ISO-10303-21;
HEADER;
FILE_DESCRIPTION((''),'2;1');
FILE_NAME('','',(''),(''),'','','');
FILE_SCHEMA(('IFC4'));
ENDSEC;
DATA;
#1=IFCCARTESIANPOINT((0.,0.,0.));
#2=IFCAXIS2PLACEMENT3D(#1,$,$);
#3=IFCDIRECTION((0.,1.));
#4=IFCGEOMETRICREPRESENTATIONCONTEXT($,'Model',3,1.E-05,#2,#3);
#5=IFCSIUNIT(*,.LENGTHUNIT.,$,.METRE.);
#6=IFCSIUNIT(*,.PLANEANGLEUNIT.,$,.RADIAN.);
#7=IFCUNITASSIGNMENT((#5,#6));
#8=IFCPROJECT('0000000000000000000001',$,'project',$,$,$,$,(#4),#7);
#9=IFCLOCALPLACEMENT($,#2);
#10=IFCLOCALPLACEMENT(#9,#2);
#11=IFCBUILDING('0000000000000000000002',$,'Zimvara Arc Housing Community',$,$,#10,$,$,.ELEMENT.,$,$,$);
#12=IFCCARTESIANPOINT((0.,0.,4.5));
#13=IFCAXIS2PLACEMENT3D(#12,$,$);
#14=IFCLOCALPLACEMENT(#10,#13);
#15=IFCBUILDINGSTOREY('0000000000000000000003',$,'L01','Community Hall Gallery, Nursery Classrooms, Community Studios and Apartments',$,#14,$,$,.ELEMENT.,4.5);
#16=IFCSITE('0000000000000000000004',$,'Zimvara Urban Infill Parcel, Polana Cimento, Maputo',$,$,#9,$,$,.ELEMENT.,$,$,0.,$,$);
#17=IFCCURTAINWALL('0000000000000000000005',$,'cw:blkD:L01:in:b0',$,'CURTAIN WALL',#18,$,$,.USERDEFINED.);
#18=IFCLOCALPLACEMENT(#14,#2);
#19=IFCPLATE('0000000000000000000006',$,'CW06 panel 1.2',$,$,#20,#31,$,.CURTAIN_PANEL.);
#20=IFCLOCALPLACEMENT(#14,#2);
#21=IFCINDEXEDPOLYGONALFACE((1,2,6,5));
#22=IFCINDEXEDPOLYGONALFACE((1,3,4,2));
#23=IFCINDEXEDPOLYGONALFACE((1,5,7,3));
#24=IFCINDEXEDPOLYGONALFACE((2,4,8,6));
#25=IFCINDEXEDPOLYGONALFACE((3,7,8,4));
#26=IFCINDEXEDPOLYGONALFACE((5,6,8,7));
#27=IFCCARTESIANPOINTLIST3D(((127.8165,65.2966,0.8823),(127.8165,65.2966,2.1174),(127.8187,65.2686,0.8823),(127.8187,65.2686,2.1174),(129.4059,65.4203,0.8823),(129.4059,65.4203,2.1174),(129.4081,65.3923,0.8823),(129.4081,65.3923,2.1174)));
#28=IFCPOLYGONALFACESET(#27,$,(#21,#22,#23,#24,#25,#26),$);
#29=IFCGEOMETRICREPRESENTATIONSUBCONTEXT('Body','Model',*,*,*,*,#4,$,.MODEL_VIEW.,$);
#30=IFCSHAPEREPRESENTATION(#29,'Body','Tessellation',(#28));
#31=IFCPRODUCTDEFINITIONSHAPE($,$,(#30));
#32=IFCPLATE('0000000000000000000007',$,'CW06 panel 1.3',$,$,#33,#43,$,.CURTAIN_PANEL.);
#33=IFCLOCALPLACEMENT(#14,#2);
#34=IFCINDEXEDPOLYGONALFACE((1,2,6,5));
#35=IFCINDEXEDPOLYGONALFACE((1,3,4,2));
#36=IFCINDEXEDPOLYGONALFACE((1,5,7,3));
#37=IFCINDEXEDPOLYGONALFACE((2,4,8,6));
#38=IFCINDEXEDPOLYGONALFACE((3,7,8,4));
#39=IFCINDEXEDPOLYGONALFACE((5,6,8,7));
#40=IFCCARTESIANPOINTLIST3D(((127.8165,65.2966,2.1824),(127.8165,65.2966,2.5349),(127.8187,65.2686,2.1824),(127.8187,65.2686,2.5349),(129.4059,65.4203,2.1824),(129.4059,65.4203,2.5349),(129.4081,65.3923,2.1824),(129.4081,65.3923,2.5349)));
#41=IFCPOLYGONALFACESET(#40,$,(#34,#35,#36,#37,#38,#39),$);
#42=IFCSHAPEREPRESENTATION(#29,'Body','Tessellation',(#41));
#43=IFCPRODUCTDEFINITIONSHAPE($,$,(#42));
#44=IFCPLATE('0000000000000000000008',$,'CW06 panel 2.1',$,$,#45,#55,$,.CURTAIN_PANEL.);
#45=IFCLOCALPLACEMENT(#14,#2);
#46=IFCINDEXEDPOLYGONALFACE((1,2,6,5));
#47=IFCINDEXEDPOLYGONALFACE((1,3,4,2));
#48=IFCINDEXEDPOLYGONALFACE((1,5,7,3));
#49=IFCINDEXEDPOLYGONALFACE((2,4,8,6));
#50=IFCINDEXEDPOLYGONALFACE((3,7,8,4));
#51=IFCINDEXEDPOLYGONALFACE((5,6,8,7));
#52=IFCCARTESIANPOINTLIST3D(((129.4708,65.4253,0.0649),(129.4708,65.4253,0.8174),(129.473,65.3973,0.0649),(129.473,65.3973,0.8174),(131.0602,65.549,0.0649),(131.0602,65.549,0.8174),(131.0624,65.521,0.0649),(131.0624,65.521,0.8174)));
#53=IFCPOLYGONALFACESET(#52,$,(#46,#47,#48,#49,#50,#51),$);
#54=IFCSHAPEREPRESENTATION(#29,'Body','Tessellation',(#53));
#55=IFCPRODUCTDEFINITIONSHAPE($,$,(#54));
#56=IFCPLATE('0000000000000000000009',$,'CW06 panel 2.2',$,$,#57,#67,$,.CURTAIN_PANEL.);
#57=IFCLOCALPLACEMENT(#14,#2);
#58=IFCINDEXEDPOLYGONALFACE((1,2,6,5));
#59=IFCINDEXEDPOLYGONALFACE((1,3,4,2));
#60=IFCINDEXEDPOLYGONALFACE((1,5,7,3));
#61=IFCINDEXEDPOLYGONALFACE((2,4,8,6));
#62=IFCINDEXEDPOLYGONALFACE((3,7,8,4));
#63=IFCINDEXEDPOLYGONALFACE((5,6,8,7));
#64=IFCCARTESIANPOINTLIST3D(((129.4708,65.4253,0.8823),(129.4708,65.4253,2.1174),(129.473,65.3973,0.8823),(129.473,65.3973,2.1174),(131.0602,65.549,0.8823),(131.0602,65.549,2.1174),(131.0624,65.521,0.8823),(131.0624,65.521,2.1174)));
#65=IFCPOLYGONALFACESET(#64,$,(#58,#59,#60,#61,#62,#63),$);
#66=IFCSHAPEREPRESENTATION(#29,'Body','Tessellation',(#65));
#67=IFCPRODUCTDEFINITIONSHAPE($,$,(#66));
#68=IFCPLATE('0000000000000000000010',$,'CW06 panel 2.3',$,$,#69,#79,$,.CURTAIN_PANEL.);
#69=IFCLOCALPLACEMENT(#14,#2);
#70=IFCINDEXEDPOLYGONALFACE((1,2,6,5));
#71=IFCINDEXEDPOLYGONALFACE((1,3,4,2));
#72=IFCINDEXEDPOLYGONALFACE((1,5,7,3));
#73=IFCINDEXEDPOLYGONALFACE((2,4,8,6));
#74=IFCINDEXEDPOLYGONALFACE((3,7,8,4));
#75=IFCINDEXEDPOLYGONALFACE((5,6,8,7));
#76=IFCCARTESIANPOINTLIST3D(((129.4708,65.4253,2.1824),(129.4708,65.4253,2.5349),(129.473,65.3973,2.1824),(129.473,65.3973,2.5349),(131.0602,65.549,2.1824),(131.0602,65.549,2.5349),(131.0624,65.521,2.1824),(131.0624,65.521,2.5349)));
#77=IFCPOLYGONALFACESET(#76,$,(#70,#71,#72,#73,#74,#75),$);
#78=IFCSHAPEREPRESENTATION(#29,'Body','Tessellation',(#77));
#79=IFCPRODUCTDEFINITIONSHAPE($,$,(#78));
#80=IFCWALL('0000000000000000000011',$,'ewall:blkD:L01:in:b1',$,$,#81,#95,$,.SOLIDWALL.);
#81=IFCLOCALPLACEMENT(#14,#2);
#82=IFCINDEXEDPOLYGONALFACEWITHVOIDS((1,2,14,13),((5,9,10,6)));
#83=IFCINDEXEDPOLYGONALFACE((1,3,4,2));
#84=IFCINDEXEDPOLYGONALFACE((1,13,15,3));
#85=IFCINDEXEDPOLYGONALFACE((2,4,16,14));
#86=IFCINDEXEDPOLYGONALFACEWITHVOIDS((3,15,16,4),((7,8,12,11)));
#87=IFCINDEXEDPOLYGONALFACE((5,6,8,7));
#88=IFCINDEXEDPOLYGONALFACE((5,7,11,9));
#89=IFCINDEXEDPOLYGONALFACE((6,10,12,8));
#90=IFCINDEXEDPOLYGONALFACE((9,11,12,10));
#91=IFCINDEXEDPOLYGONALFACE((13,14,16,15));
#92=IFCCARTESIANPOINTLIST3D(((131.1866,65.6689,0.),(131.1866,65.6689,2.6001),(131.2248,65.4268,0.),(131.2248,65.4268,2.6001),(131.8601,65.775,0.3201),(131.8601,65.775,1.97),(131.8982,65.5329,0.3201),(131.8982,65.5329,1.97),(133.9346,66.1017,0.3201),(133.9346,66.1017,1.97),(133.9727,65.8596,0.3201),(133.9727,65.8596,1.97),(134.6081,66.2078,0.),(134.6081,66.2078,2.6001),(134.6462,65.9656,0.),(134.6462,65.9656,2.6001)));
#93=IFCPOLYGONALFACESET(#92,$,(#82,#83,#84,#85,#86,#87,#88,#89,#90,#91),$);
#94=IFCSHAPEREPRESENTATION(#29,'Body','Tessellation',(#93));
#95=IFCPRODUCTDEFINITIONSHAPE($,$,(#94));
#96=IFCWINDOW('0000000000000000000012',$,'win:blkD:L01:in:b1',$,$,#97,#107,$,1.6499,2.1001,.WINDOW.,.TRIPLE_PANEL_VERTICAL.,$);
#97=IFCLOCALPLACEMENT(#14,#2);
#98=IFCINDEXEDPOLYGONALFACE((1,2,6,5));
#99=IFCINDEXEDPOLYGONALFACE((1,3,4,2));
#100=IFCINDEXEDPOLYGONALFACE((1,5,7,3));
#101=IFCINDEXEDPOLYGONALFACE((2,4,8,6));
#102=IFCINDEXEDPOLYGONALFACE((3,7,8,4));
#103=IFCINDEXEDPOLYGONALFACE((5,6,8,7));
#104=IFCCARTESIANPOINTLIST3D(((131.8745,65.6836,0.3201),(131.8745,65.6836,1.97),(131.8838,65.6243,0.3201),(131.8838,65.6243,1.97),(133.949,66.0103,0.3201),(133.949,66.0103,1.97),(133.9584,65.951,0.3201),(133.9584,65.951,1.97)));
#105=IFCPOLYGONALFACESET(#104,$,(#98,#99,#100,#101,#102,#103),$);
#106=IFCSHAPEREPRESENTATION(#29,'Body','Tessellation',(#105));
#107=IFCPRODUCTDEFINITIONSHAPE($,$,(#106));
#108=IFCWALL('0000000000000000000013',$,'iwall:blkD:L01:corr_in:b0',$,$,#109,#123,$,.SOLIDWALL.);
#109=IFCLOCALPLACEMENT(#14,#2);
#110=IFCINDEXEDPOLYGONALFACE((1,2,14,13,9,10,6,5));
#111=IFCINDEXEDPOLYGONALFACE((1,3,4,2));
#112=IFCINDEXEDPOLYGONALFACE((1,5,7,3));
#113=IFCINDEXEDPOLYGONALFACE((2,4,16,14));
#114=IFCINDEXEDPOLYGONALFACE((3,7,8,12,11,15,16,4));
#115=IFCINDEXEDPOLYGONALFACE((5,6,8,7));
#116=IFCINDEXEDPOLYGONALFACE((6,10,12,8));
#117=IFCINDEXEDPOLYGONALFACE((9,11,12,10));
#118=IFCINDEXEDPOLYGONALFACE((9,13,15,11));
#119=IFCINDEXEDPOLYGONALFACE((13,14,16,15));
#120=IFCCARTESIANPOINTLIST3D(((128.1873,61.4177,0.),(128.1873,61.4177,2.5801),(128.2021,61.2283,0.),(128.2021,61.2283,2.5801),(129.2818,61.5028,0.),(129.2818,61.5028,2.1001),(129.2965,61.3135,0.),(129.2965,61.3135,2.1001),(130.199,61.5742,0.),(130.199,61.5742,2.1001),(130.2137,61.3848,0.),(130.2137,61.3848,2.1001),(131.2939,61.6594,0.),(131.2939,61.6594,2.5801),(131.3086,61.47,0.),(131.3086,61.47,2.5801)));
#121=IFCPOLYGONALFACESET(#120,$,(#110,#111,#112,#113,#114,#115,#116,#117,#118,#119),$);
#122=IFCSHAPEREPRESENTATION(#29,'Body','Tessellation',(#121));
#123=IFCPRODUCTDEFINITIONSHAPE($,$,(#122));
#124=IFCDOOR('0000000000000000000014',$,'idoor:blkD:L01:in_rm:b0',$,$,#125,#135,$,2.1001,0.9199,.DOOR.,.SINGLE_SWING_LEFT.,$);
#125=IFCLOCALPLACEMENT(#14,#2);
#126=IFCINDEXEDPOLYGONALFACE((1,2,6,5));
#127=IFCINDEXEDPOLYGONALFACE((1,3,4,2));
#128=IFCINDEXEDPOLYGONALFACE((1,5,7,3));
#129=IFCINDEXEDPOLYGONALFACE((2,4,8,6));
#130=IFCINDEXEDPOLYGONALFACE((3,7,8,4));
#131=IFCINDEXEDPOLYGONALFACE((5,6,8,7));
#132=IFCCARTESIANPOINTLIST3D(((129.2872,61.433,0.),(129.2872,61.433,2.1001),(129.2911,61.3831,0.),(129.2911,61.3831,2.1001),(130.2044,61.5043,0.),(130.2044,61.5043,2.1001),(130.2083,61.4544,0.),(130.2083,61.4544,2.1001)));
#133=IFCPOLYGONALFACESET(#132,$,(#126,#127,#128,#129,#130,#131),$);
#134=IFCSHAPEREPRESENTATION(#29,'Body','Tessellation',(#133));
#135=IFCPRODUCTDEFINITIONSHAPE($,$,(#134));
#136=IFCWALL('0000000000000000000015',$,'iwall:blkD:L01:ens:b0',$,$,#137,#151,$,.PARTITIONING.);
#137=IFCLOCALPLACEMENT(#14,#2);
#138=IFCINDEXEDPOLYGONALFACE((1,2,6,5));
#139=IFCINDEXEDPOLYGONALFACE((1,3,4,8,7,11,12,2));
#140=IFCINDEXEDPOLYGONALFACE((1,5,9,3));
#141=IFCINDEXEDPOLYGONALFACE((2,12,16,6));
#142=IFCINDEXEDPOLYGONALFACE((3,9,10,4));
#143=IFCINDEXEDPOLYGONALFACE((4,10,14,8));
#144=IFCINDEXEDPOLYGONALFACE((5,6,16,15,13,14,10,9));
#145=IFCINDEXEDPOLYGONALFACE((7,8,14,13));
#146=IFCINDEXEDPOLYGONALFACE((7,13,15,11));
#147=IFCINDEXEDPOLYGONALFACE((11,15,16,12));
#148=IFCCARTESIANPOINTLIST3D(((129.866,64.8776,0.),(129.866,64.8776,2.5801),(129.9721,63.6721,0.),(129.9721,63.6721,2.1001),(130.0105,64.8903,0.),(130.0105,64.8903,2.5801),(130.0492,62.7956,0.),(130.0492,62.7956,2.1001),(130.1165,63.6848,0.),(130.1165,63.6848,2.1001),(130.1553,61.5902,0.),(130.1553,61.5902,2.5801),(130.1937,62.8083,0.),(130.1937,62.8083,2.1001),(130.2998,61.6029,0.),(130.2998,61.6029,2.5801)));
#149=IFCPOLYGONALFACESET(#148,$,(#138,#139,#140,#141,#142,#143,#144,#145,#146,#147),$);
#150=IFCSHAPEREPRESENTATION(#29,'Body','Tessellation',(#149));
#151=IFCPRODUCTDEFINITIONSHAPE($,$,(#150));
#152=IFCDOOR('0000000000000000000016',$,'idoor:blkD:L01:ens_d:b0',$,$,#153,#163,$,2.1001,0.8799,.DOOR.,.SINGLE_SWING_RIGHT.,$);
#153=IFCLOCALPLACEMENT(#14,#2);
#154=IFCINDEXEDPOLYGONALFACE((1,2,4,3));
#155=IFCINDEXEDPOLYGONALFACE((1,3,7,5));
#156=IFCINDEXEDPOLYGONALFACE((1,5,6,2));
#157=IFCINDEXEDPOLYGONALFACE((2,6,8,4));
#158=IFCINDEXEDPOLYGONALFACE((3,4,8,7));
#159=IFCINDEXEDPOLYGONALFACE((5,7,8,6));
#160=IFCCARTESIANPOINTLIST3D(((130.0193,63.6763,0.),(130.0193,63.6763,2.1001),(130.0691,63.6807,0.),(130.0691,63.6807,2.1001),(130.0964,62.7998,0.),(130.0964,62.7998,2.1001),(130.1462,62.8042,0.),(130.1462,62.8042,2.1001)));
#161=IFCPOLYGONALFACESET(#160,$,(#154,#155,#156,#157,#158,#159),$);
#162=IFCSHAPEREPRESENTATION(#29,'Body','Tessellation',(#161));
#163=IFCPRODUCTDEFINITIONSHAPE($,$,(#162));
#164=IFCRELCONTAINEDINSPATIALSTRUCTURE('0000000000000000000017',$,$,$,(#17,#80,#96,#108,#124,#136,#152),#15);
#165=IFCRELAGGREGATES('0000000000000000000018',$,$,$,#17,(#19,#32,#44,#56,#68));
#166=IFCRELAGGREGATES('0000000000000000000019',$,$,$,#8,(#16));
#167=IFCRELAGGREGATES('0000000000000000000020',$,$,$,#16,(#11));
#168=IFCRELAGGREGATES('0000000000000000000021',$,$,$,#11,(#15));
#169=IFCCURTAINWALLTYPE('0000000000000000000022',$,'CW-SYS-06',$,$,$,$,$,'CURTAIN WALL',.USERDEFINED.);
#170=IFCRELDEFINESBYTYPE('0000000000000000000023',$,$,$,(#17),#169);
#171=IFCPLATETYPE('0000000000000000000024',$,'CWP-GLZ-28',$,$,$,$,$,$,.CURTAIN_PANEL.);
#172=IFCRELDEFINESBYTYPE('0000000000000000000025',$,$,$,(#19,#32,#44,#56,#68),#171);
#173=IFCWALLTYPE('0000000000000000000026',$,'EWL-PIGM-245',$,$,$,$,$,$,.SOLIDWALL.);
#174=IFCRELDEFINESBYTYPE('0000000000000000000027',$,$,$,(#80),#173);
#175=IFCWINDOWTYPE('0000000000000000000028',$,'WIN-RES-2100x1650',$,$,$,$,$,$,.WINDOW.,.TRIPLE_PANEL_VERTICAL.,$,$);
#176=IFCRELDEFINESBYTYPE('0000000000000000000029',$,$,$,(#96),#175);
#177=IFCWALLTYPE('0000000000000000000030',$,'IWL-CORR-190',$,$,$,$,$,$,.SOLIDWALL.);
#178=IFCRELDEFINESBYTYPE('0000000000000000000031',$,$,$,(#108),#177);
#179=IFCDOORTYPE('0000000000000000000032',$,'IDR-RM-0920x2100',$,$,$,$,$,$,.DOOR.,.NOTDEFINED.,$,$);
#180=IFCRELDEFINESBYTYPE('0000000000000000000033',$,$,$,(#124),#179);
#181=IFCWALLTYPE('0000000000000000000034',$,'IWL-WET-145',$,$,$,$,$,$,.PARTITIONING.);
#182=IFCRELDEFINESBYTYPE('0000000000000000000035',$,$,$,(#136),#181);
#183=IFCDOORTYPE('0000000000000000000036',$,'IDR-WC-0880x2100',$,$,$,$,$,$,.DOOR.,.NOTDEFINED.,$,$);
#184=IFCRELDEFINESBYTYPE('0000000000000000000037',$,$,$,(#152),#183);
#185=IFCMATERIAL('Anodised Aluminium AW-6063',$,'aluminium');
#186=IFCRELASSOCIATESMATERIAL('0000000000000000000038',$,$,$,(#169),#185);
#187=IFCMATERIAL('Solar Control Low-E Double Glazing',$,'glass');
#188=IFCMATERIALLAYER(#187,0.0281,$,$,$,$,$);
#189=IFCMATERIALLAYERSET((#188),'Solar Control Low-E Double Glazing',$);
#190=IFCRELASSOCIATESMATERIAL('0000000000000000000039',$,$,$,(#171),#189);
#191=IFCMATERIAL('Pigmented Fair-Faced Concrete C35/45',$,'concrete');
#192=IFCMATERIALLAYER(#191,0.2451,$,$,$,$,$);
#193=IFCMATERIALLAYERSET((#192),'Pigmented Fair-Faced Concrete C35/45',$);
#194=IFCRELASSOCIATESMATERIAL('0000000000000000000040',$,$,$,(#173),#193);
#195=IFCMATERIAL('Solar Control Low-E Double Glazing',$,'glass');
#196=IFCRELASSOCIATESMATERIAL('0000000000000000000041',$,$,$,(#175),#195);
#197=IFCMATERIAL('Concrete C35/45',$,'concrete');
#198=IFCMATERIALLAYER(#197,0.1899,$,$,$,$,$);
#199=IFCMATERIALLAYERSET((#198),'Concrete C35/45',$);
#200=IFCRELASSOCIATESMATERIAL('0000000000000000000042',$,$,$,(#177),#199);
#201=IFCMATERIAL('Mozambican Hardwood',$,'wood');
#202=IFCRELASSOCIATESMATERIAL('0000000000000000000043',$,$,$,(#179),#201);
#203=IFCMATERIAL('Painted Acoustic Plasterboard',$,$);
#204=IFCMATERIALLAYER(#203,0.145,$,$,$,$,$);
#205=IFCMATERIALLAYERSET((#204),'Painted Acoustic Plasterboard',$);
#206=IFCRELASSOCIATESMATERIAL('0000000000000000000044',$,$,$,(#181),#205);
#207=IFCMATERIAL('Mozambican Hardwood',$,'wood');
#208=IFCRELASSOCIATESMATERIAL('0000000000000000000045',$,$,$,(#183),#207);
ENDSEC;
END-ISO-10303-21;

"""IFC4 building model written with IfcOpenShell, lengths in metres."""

from ifc_helpers import new_model, si_unit, direction, frame, frame_2d, origin, origin_2d, place, context, subcontext, project, spatial, rectangle, extrude, material, layer, layer_set, type_object, element, fill, aggregate, save


model = new_model("IFC4")

# Units and contexts
model_context = context("Model", 3, precision=1e-05, world=origin(), true_north=direction((0.0, 1.0)))
body_context = subcontext(model_context, "Body", "Model", "MODEL_VIEW")
ifc_project = project(units=[si_unit("LENGTHUNIT", "METRE"), si_unit("PLANEANGLEUNIT", "RADIAN")], contexts=[model_context])

# Site, building, storey
site_placement = place(None, origin())
site = spatial("IfcSite", under=ifc_project, at=site_placement, Name="Zimvara Urban Infill Parcel, Polana Cimento, Maputo", CompositionType="ELEMENT", RefElevation=0.0)
building_placement = place(site_placement, origin())
building = spatial("IfcBuilding", under=site, at=building_placement, Name="Zimvara Arc Housing Community", CompositionType="ELEMENT")
storey_placement = place(building_placement, frame((0.0, 0.0, 4.5)))
storey = spatial("IfcBuildingStorey", under=building, at=storey_placement, Name="L01", Description="Community Hall Gallery, Nursery Classrooms, Community Studios and Apartments", CompositionType="ELEMENT", Elevation=4.5)

# Curtain wall, plates
ifc_material_1 = material(Name="Anodised Aluminium AW-6063", Category="aluminium")
curtain_wall_type = type_object("IfcCurtainWallType", Name="CW-SYS-06", ElementType="CURTAIN WALL", PredefinedType="USERDEFINED", material=ifc_material_1)
curtain_wall_placement = place(storey_placement, origin())
curtain_wall = element("IfcCurtainWall", 1, at=curtain_wall_placement, inside=storey, type_object=curtain_wall_type, Name="cw:blkD:L01:in:b0", ObjectType="CURTAIN WALL", PredefinedType="USERDEFINED")
ifc_material_2 = material(Name="Solar Control Low-E Double Glazing", Category="glass")
ifc_layer_1 = layer(ifc_material_2, 0.0281)
ifc_layer_set_1 = layer_set([ifc_layer_1], Name="Solar Control Low-E Double Glazing")
plate_type = type_object("IfcPlateType", Name="CWP-GLZ-28", PredefinedType="CURTAIN_PANEL", material=ifc_layer_set_1)
plate_1_placement = place(storey_placement, frame((128.6123, 65.3445, 0.8823), z_axis=(0.0, 0.0, 1.0), x_axis=(0.996985, 0.07759, 0.0)))
plate_1 = element("IfcPlate", 2, at=plate_1_placement, type_object=plate_type, Name="CW06 panel 1.2", PredefinedType="CURTAIN_PANEL", context=body_context, shape_type="SweptSolid", body=[
    extrude(rectangle(XDim=1.5942, YDim=0.0281, at=origin_2d()), origin(), (0.0, 0.0, 1.0), 1.2351),
])
plate_2_placement = place(storey_placement, frame((128.6123, 65.3445, 2.1824), z_axis=(0.0, 0.0, 1.0), x_axis=(0.996985, 0.07759, 0.0)))
plate_2 = element("IfcPlate", 3, at=plate_2_placement, type_object=plate_type, Name="CW06 panel 1.3", PredefinedType="CURTAIN_PANEL", context=body_context, shape_type="SweptSolid", body=[
    extrude(rectangle(XDim=1.5942, YDim=0.0281, at=origin_2d()), origin(), (0.0, 0.0, 1.0), 0.3525),
])
plate_3_placement = place(storey_placement, frame((130.2666, 65.4731, 0.0649), z_axis=(0.0, 0.0, 1.0), x_axis=(0.996985, 0.07759, 0.0)))
plate_3 = element("IfcPlate", 4, at=plate_3_placement, type_object=plate_type, Name="CW06 panel 2.1", PredefinedType="CURTAIN_PANEL", context=body_context, shape_type="SweptSolid", body=[
    extrude(rectangle(XDim=1.5942, YDim=0.0281, at=origin_2d()), origin(), (0.0, 0.0, 1.0), 0.7524),
])
plate_4_placement = place(storey_placement, frame((130.2666, 65.4731, 0.8823), z_axis=(0.0, 0.0, 1.0), x_axis=(0.996985, 0.07759, 0.0)))
plate_4 = element("IfcPlate", 5, at=plate_4_placement, type_object=plate_type, Name="CW06 panel 2.2", PredefinedType="CURTAIN_PANEL", context=body_context, shape_type="SweptSolid", body=[
    extrude(rectangle(XDim=1.5942, YDim=0.0281, at=origin_2d()), origin(), (0.0, 0.0, 1.0), 1.2351),
])
plate_5_placement = place(storey_placement, frame((130.2666, 65.4731, 2.1824), z_axis=(0.0, 0.0, 1.0), x_axis=(0.996985, 0.07759, 0.0)))
plate_5 = element("IfcPlate", 6, at=plate_5_placement, type_object=plate_type, Name="CW06 panel 2.3", PredefinedType="CURTAIN_PANEL", context=body_context, shape_type="SweptSolid", body=[
    extrude(rectangle(XDim=1.5942, YDim=0.0281, at=origin_2d()), origin(), (0.0, 0.0, 1.0), 0.3525),
])
aggregate(curtain_wall, [plate_1, plate_2, plate_3, plate_4, plate_5])

# Wall, opening, window
ifc_material_3 = material(Name="Pigmented Fair-Faced Concrete C35/45", Category="concrete")
ifc_layer_2 = layer(ifc_material_3, 0.2451)
ifc_layer_set_2 = layer_set([ifc_layer_2], Name="Pigmented Fair-Faced Concrete C35/45")
wall_type_1 = type_object("IfcWallType", Name="EWL-PIGM-245", PredefinedType="SOLIDWALL", material=ifc_layer_set_2)
wall_1_placement = place(storey_placement, frame((131.2056, 65.5479, 0.0), z_axis=(0.0, 0.0, 1.0), x_axis=(0.987825, 0.155568, 0.0)))
wall_1 = element("IfcWall", 7, at=wall_1_placement, inside=storey, type_object=wall_type_1, Name="ewall:blkD:L01:in:b1", PredefinedType="SOLIDWALL", context=body_context, shape_type="SweptSolid", body=[
    extrude(rectangle(XDim=3.4636, YDim=0.2451, at=frame_2d((1.7319, 0.0))), origin(), (0.0, 0.0, 1.0), 2.6001),
])
opening_1_placement = place(wall_1_placement, frame((0.6819, 0.0, 0.3201)))
opening_1 = element("IfcOpeningElement", 8, at=opening_1_placement, cuts=wall_1, PredefinedType="OPENING", context=body_context, shape_type="SweptSolid", body=[
    extrude(rectangle(XDim=2.1001, YDim=1.6499, at=frame_2d((1.05, 0.825))), frame((0.0, 0.1326, 0.0), z_axis=(0.0, -1.0, 0.0), x_axis=(1.0, 0.0, 0.0)), (0.0, 0.0, 1.0), 0.2651),
])
ifc_material_4 = material(Name="Solar Control Low-E Double Glazing", Category="glass")
window_type = type_object("IfcWindowType", Name="WIN-RES-2100x1650", PartitioningType="TRIPLE_PANEL_VERTICAL", PredefinedType="WINDOW", material=ifc_material_4)
window_placement = place(opening_1_placement, origin())
window = element("IfcWindow", 9, at=window_placement, inside=storey, type_object=window_type, Name="win:blkD:L01:in:b1", OverallHeight=1.6499, OverallWidth=2.1001, PartitioningType="TRIPLE_PANEL_VERTICAL", PredefinedType="WINDOW", context=body_context, shape_type="SweptSolid", body=[
    extrude(rectangle(XDim=2.1001, YDim=1.6499, at=frame_2d((1.05, 0.825))), frame((0.0, 0.03, 0.0), z_axis=(0.0, -1.0, 0.0), x_axis=(1.0, 0.0, 0.0)), (0.0, 0.0, 1.0), 0.0601),
])
fill(opening_1, window)

# Walls, openings, doors
ifc_material_5 = material(Name="Concrete C35/45", Category="concrete")
ifc_layer_3 = layer(ifc_material_5, 0.1899)
ifc_layer_set_3 = layer_set([ifc_layer_3], Name="Concrete C35/45")
wall_type_2 = type_object("IfcWallType", Name="IWL-CORR-190", PredefinedType="SOLIDWALL", material=ifc_layer_set_3)
wall_2_placement = place(storey_placement, frame((128.1946, 61.323, 0.0), z_axis=(0.0, 0.0, 1.0), x_axis=(0.996987, 0.077565, 0.0)))
wall_2 = element("IfcWall", 10, at=wall_2_placement, inside=storey, type_object=wall_type_2, Name="iwall:blkD:L01:corr_in:b0", PredefinedType="SOLIDWALL", context=body_context, shape_type="SweptSolid", body=[
    extrude(rectangle(XDim=3.116, YDim=0.1899, at=frame_2d((1.5581, 0.0))), origin(), (0.0, 0.0, 1.0), 2.5801),
])
opening_2_placement = place(wall_2_placement, frame((1.0979, 0.0, 0.0)))
opening_2 = element("IfcOpeningElement", 11, at=opening_2_placement, cuts=wall_2, PredefinedType="OPENING", context=body_context, shape_type="SweptSolid", body=[
    extrude(rectangle(XDim=0.9199, YDim=2.1001, at=frame_2d((0.46, 1.05))), frame((0.0, 0.105, 0.0), z_axis=(0.0, -1.0, 0.0), x_axis=(1.0, 0.0, 0.0)), (0.0, 0.0, 1.0), 0.21),
])
ifc_material_6 = material(Name="Mozambican Hardwood", Category="wood")
door_type_1 = type_object("IfcDoorType", Name="IDR-RM-0920x2100", OperationType="NOTDEFINED", PredefinedType="DOOR", material=ifc_material_6)
door_1_placement = place(opening_2_placement, origin())
door_1 = element("IfcDoor", 12, at=door_1_placement, inside=storey, type_object=door_type_1, Name="idoor:blkD:L01:in_rm:b0", OperationType="SINGLE_SWING_LEFT", OverallHeight=2.1001, OverallWidth=0.9199, PredefinedType="DOOR", context=body_context, shape_type="SweptSolid", body=[
    extrude(rectangle(XDim=0.9199, YDim=2.1001, at=frame_2d((0.46, 1.05))), frame((0.0, 0.0249, 0.0), z_axis=(0.0, -1.0, 0.0), x_axis=(1.0, 0.0, 0.0)), (0.0, 0.0, 1.0), 0.05),
])
fill(opening_2, door_1)
ifc_material_7 = material(Name="Painted Acoustic Plasterboard")
ifc_layer_4 = layer(ifc_material_7, 0.145)
ifc_layer_set_4 = layer_set([ifc_layer_4], Name="Painted Acoustic Plasterboard")
wall_type_3 = type_object("IfcWallType", Name="IWL-WET-145", PredefinedType="PARTITIONING", material=ifc_layer_set_4)
wall_3_placement = place(storey_placement, frame((129.9382, 64.8838, 0.0), z_axis=(0.0, 0.0, 1.0), x_axis=(0.087667, -0.99615, 0.0)))
wall_3 = element("IfcWall", 13, at=wall_3_placement, inside=storey, type_object=wall_type_3, Name="iwall:blkD:L01:ens:b0", PredefinedType="PARTITIONING", context=body_context, shape_type="SweptSolid", body=[
    extrude(rectangle(XDim=3.3, YDim=0.145, at=frame_2d((1.6499, 0.0))), origin(), (0.0, 0.0, 1.0), 2.5801),
])
opening_3_placement = place(wall_3_placement, frame((1.21, 0.0, 0.0)))
opening_3 = element("IfcOpeningElement", 14, at=opening_3_placement, cuts=wall_3, PredefinedType="OPENING", context=body_context, shape_type="SweptSolid", body=[
    extrude(rectangle(XDim=0.8799, YDim=2.1001, at=frame_2d((0.4399, 1.05))), frame((0.0, 0.0825, 0.0), z_axis=(0.0, -1.0, 0.0), x_axis=(1.0, 0.0, 0.0)), (0.0, 0.0, 1.0), 0.165),
])
ifc_material_8 = material(Name="Mozambican Hardwood", Category="wood")
door_type_2 = type_object("IfcDoorType", Name="IDR-WC-0880x2100", OperationType="NOTDEFINED", PredefinedType="DOOR", material=ifc_material_8)
door_2_placement = place(opening_3_placement, origin())
door_2 = element("IfcDoor", 15, at=door_2_placement, inside=storey, type_object=door_type_2, Name="idoor:blkD:L01:ens_d:b0", OperationType="SINGLE_SWING_RIGHT", OverallHeight=2.1001, OverallWidth=0.8799, PredefinedType="DOOR", context=body_context, shape_type="SweptSolid", body=[
    extrude(rectangle(XDim=0.8799, YDim=2.1001, at=frame_2d((0.4399, 1.05))), frame((0.0, 0.0249, 0.0), z_axis=(0.0, -1.0, 0.0), x_axis=(1.0, 0.0, 0.0)), (0.0, 0.0, 1.0), 0.05),
])
fill(opening_3, door_2)

save(model, "model.ifc")
